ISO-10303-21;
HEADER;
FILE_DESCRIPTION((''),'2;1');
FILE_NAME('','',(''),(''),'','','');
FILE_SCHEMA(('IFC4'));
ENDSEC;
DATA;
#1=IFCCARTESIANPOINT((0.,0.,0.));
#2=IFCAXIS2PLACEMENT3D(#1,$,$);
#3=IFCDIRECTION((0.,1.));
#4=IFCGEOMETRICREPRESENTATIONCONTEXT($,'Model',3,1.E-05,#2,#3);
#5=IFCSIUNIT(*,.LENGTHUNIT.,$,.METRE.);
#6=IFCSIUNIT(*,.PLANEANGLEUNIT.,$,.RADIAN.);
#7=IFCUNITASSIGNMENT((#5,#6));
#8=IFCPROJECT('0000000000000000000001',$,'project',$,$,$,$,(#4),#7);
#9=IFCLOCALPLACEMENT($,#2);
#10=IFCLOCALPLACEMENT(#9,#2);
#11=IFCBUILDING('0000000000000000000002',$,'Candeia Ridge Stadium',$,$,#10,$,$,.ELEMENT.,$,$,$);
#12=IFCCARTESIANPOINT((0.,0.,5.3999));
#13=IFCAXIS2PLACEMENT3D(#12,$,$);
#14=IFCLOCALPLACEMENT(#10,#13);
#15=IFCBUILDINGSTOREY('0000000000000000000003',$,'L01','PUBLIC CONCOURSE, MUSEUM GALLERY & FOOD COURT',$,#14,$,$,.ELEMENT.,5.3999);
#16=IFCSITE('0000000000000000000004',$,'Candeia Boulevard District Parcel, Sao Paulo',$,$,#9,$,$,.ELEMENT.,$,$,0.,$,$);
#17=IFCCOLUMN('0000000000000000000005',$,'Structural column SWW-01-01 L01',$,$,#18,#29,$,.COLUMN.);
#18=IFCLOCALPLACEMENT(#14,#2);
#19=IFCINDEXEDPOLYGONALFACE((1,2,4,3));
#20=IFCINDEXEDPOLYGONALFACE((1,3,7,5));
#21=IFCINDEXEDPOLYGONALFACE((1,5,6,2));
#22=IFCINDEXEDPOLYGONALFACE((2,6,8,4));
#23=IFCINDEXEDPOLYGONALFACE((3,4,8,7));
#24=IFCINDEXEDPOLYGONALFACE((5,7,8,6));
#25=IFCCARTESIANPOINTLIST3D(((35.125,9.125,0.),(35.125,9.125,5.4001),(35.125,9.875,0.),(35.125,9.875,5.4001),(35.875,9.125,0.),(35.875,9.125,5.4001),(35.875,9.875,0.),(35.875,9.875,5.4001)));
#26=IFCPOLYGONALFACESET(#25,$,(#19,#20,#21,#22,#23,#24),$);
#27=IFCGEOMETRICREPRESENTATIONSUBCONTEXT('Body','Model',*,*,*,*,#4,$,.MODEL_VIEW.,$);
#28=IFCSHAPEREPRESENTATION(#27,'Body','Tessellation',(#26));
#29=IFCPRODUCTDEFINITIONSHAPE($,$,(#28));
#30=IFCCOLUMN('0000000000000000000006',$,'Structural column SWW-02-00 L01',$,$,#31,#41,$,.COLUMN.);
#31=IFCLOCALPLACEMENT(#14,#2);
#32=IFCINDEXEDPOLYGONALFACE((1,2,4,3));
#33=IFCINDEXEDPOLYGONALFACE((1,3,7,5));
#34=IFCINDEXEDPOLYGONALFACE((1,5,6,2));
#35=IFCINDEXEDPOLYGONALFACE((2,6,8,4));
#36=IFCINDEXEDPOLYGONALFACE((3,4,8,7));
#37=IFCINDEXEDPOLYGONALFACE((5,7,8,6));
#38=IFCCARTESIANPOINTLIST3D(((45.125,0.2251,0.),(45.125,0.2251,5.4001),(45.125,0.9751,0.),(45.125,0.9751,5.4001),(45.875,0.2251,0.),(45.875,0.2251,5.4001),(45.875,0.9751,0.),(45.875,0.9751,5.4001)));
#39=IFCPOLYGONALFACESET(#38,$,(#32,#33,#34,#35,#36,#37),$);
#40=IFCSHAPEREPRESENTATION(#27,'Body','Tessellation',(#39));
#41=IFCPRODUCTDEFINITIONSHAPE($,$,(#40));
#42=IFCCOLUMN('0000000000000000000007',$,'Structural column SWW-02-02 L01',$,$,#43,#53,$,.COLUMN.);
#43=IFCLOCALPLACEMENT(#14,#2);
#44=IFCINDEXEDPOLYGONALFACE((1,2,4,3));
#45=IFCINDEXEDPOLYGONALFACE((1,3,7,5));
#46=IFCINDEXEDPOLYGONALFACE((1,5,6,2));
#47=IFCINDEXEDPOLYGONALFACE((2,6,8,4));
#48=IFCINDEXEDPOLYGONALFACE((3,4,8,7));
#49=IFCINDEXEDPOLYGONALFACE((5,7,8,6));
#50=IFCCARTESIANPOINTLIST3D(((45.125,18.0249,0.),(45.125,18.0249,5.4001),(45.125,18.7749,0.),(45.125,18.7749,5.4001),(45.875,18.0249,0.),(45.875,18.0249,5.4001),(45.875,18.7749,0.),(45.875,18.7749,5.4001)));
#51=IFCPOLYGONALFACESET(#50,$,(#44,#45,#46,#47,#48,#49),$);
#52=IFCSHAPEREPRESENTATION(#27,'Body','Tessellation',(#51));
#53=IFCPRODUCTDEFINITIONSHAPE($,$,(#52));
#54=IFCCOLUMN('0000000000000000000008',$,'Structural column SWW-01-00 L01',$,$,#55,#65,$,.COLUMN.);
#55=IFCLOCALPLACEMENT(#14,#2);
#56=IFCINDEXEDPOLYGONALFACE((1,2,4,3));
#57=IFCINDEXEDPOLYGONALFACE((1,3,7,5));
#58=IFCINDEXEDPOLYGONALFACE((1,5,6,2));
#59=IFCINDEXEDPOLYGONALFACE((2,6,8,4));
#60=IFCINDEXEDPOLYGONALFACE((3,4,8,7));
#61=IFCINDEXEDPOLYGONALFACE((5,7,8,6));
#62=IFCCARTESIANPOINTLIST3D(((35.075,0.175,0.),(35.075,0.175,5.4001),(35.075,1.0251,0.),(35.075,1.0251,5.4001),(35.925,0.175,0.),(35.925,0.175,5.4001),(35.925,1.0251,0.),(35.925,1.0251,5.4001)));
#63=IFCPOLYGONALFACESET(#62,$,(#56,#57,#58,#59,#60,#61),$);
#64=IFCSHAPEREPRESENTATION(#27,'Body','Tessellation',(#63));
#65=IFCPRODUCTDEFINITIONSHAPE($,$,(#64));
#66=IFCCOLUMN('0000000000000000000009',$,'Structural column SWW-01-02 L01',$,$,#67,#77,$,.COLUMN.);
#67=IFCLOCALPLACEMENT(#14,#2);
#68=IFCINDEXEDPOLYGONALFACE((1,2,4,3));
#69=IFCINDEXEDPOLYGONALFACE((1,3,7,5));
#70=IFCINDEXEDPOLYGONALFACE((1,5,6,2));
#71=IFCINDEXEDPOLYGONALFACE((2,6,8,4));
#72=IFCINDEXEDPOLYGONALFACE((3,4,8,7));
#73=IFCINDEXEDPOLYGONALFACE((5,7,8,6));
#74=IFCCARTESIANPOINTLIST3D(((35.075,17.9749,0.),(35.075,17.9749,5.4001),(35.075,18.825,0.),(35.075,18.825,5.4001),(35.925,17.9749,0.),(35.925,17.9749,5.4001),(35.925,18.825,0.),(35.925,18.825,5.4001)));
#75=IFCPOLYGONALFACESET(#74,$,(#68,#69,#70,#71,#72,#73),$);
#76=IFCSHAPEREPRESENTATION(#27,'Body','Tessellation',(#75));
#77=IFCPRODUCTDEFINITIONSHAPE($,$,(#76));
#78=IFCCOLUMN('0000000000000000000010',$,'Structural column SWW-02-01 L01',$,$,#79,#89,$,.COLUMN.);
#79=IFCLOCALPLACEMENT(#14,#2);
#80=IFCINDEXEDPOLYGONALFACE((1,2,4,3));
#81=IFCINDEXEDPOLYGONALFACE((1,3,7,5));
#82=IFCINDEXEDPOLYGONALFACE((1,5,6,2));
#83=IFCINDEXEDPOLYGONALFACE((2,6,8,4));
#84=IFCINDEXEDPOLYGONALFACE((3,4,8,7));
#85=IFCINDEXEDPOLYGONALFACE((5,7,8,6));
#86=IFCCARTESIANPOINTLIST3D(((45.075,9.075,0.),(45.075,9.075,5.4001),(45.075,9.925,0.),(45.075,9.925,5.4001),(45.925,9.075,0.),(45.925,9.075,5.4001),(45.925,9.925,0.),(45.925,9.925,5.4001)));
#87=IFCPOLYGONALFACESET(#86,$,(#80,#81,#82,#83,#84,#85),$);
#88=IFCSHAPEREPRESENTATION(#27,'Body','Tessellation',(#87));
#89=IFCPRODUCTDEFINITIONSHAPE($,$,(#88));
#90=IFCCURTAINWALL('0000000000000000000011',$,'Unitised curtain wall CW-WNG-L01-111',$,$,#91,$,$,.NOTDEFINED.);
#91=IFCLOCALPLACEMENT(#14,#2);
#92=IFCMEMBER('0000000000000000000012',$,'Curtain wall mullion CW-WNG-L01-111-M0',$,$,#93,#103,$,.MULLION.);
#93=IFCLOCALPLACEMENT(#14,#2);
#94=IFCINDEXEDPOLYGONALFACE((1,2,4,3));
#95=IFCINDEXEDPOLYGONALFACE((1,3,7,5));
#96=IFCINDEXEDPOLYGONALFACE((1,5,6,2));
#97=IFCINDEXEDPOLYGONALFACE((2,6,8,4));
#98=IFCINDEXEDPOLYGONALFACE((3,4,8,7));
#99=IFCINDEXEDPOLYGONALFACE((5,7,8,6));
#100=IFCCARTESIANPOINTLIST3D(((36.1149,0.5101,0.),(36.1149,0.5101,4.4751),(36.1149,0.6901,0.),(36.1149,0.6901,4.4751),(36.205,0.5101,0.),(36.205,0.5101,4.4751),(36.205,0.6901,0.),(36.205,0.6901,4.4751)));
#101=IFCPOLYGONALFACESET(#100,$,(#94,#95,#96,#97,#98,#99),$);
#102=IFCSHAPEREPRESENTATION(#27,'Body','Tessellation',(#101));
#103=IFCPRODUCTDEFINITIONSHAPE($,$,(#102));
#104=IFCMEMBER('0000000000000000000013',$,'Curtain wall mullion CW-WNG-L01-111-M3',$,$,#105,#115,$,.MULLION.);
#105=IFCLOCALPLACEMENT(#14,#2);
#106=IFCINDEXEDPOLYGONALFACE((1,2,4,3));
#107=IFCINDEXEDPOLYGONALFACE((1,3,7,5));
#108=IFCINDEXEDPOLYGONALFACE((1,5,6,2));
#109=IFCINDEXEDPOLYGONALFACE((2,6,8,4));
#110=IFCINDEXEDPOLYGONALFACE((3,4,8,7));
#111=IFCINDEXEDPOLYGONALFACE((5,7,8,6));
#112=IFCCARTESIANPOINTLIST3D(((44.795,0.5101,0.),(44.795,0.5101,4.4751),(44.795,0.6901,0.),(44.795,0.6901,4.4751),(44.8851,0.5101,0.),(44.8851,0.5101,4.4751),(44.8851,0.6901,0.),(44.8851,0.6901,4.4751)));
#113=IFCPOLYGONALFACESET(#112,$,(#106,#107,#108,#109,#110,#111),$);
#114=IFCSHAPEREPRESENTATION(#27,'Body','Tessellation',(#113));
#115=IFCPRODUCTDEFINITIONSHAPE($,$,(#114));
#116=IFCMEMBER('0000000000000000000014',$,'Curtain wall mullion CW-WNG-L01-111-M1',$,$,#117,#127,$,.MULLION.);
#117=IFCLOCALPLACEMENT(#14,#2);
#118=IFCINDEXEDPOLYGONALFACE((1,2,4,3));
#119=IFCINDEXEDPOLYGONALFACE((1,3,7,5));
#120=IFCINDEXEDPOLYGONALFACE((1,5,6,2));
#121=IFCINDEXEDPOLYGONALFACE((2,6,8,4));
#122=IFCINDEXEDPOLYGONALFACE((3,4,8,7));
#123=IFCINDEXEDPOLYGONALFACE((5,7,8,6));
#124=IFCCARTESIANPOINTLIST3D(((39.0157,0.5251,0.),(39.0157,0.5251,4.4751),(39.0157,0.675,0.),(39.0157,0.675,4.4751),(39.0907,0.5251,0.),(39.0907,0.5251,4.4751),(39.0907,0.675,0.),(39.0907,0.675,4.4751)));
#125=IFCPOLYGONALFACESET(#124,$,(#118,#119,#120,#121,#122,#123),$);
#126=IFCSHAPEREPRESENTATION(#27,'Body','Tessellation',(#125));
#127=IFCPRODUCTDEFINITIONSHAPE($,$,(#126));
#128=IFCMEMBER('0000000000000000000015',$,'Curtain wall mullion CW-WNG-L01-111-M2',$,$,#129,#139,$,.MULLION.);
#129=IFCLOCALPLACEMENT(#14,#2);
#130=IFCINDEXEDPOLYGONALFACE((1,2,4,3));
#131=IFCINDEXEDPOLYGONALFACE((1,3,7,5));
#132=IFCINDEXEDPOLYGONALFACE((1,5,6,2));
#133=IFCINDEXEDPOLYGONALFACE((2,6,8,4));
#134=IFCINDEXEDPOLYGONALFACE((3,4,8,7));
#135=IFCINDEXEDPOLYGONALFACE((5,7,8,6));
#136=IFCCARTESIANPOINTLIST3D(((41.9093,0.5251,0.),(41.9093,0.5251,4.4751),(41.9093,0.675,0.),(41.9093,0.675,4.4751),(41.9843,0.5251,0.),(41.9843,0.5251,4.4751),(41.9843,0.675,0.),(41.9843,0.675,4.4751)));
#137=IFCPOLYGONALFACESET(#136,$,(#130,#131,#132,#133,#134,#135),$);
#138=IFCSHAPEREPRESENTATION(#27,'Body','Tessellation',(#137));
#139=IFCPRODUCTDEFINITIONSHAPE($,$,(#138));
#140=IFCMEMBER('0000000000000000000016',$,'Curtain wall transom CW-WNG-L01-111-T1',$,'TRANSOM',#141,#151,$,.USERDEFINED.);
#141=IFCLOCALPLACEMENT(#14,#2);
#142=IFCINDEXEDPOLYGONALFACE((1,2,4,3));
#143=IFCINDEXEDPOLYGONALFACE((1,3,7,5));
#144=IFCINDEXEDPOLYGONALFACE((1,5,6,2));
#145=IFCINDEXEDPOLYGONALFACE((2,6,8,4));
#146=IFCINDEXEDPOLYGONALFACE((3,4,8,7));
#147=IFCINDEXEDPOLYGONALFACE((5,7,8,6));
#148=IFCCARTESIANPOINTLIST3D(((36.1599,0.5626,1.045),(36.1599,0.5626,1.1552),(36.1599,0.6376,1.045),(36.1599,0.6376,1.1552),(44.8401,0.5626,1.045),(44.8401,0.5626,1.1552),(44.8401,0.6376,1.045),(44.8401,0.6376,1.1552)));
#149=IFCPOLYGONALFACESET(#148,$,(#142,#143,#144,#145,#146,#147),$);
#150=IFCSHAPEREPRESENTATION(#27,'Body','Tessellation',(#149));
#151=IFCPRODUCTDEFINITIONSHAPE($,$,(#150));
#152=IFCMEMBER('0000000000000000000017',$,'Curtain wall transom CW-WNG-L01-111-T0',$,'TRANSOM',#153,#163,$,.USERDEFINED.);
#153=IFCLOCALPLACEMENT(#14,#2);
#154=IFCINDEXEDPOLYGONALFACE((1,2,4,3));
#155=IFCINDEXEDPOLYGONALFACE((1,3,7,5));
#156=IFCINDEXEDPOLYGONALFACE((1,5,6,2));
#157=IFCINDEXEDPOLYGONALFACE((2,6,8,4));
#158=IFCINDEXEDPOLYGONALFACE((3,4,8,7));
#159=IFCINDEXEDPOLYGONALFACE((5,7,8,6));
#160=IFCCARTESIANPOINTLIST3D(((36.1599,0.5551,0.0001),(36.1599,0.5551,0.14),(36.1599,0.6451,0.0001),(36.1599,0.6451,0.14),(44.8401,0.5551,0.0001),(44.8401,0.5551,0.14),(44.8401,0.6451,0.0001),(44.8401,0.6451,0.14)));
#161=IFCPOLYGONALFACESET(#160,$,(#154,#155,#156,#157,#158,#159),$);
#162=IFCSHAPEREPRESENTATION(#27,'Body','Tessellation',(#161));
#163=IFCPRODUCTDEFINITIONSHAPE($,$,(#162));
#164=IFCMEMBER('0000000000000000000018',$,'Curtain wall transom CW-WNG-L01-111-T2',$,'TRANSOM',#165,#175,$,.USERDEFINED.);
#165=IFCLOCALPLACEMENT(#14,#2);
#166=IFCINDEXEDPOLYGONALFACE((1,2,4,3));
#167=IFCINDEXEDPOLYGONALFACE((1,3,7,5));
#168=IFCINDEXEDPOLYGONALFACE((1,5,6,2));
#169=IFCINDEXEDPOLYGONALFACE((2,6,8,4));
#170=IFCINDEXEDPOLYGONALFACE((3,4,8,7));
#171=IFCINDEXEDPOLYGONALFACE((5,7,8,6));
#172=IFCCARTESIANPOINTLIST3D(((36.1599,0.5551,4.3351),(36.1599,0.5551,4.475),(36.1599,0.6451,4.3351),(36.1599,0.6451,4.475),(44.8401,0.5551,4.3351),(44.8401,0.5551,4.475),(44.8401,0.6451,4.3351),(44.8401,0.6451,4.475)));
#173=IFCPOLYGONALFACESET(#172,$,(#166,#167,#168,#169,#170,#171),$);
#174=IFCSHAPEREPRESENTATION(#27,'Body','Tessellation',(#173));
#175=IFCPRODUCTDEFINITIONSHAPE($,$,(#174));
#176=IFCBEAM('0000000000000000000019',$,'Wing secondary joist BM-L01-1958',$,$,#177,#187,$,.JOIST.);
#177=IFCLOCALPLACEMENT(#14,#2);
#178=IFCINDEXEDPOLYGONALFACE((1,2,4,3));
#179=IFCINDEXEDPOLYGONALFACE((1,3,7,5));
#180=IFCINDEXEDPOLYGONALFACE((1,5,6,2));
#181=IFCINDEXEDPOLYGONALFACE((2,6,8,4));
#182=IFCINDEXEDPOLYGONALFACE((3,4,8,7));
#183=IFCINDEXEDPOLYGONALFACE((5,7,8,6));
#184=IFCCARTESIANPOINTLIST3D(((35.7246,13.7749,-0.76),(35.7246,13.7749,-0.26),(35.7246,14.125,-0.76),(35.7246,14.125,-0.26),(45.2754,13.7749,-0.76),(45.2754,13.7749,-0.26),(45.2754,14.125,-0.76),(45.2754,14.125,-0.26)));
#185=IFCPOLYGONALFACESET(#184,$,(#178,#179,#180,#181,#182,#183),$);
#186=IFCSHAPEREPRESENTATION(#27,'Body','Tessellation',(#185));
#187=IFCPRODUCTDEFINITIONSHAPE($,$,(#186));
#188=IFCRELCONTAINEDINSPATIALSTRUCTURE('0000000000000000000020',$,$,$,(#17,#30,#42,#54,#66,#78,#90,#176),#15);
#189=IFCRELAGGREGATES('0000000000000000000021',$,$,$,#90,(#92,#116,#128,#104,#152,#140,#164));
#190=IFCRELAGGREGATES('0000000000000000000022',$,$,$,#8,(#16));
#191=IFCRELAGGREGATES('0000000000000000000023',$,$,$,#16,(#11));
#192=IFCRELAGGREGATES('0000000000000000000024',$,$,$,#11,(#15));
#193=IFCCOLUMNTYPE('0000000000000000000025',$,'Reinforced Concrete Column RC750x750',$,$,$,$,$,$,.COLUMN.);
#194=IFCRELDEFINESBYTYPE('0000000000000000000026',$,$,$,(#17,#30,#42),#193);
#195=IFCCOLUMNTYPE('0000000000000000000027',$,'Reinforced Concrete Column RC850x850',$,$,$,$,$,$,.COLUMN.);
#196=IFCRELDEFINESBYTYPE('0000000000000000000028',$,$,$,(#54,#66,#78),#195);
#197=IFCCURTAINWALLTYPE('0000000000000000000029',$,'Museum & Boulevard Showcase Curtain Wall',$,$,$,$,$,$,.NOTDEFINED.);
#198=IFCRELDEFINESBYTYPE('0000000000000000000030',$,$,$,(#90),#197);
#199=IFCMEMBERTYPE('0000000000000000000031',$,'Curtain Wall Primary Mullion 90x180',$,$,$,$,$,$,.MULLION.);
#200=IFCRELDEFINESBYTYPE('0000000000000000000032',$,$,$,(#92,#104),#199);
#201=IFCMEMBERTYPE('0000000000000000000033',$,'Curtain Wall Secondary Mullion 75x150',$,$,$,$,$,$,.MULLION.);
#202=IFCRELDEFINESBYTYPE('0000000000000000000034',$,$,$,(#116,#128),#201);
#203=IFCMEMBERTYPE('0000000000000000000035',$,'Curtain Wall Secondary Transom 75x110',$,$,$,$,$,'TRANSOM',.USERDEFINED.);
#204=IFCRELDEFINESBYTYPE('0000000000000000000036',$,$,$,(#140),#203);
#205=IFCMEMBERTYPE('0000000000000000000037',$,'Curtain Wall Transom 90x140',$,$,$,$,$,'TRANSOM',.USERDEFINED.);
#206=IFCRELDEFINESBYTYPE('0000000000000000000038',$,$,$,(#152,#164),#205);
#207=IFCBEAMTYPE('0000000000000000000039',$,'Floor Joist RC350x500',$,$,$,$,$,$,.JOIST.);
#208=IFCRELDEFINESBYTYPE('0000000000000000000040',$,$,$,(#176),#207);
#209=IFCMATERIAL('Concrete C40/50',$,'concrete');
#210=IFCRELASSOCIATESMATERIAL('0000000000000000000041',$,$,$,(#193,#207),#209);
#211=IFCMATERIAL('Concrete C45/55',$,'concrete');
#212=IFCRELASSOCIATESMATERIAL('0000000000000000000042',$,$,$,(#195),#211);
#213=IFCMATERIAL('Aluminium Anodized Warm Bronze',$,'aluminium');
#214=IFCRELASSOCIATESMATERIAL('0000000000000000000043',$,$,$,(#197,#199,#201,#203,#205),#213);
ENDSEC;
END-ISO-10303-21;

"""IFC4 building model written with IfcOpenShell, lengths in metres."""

from ifc_helpers import new_model, si_unit, direction, frame, origin, origin_2d, place, context, subcontext, project, spatial, rectangle, extrude, material, material_profile, profile_set, type_object, element, aggregate, save


model = new_model("IFC4")

# Units and contexts
model_context = context("Model", 3, precision=1e-05, world=origin(), true_north=direction((0.0, 1.0)))
body_context = subcontext(model_context, "Body", "Model", "MODEL_VIEW")
ifc_project = project(units=[si_unit("LENGTHUNIT", "METRE"), si_unit("PLANEANGLEUNIT", "RADIAN")], contexts=[model_context])

# Site, building, storey
site_placement = place(None, origin())
site = spatial("IfcSite", under=ifc_project, at=site_placement, Name="Candeia Boulevard District Parcel, Sao Paulo", CompositionType="ELEMENT", RefElevation=0.0)
building_placement = place(site_placement, origin())
building = spatial("IfcBuilding", under=site, at=building_placement, Name="Candeia Ridge Stadium", CompositionType="ELEMENT")
storey_placement = place(building_placement, frame((0.0, 0.0, 5.3999)))
storey = spatial("IfcBuildingStorey", under=building, at=storey_placement, Name="L01", Description="PUBLIC CONCOURSE, MUSEUM GALLERY & FOOD COURT", CompositionType="ELEMENT", Elevation=5.3999)

# Columns
ifc_material_1 = material(Name="Concrete C40/50", Category="concrete")
ifc_material_profile_1 = material_profile(ifc_material_1, rectangle(XDim=0.75, YDim=0.75, at=origin_2d()), Name="RC750x750", Category="concrete")
ifc_profile_set_1 = profile_set([ifc_material_profile_1], Name="Concrete C40/50")
column_type_1 = type_object("IfcColumnType", Name="Reinforced Concrete Column RC750x750", PredefinedType="COLUMN", material=ifc_profile_set_1)
for number, where, z_axis, x_axis, name in (
    (1, (35.5, 9.5, 0.0), (0.0, 0.0, 1.0), (1.0, 0.0, 0.0), "Structural column SWW-01-01 L01"),
    (2, (45.5, 0.6001, 0.0), (0.0, 0.0, 1.0), (1.0, 0.0, 0.0), "Structural column SWW-02-00 L01"),
    (3, (45.5, 18.3999, 0.0), (0.0, 0.0, 1.0), (1.0, 0.0, 0.0), "Structural column SWW-02-02 L01"),
):
    element("IfcColumn", number, at=place(storey_placement, frame(where, z_axis=z_axis, x_axis=x_axis)), inside=storey, type_object=column_type_1, Name=name, PredefinedType="COLUMN", context=body_context, shape_type="SweptSolid", body=[
        extrude(rectangle(XDim=0.75, YDim=0.75, at=origin_2d()), origin(), (0.0, 0.0, 1.0), 5.4001),
    ])
ifc_material_2 = material(Name="Concrete C45/55", Category="concrete")
ifc_material_profile_2 = material_profile(ifc_material_2, rectangle(XDim=0.8501, YDim=0.8501, at=origin_2d()), Name="RC850x850", Category="concrete")
ifc_profile_set_2 = profile_set([ifc_material_profile_2], Name="Concrete C45/55")
column_type_2 = type_object("IfcColumnType", Name="Reinforced Concrete Column RC850x850", PredefinedType="COLUMN", material=ifc_profile_set_2)
for number, where, z_axis, x_axis, name in (
    (4, (35.5, 0.6001, 0.0), (0.0, 0.0, 1.0), (1.0, 0.0, 0.0), "Structural column SWW-01-00 L01"),
    (5, (35.5, 18.3999, 0.0), (0.0, 0.0, 1.0), (1.0, 0.0, 0.0), "Structural column SWW-01-02 L01"),
    (6, (45.5, 9.5, 0.0), (0.0, 0.0, 1.0), (1.0, 0.0, 0.0), "Structural column SWW-02-01 L01"),
):
    element("IfcColumn", number, at=place(storey_placement, frame(where, z_axis=z_axis, x_axis=x_axis)), inside=storey, type_object=column_type_2, Name=name, PredefinedType="COLUMN", context=body_context, shape_type="SweptSolid", body=[
        extrude(rectangle(XDim=0.8501, YDim=0.8501, at=origin_2d()), origin(), (0.0, 0.0, 1.0), 5.4001),
    ])

# Curtain wall, members
ifc_material_3 = material(Name="Aluminium Anodized Warm Bronze", Category="aluminium")
curtain_wall_type = type_object("IfcCurtainWallType", Name="Museum & Boulevard Showcase Curtain Wall", PredefinedType="NOTDEFINED", material=ifc_material_3)
curtain_wall_placement = place(storey_placement, origin())
curtain_wall = element("IfcCurtainWall", 7, at=curtain_wall_placement, inside=storey, type_object=curtain_wall_type, Name="Unitised curtain wall CW-WNG-L01-111", PredefinedType="NOTDEFINED")
ifc_material_profile_3 = material_profile(ifc_material_3, rectangle(XDim=0.0901, YDim=0.1799, at=origin_2d()), Name="CWM-90x180", Category="aluminium")
ifc_profile_set_3 = profile_set([ifc_material_profile_3], Name="Aluminium Anodized Warm Bronze")
member_type_1 = type_object("IfcMemberType", Name="Curtain Wall Primary Mullion 90x180", PredefinedType="MULLION", material=ifc_profile_set_3)
member_1_placement = place(storey_placement, frame((36.1599, 0.6001, 0.0), z_axis=(0.0, 0.0, 1.0), x_axis=(1.0, 0.0, 0.0)))
member_1 = element("IfcMember", 8, at=member_1_placement, type_object=member_type_1, Name="Curtain wall mullion CW-WNG-L01-111-M0", PredefinedType="MULLION", context=body_context, shape_type="SweptSolid", body=[
    extrude(rectangle(XDim=0.0901, YDim=0.1799, at=origin_2d()), origin(), (0.0, 0.0, 1.0), 4.4751),
])
member_2_placement = place(storey_placement, frame((44.8401, 0.6001, 0.0), z_axis=(0.0, 0.0, 1.0), x_axis=(1.0, 0.0, 0.0)))
member_2 = element("IfcMember", 9, at=member_2_placement, type_object=member_type_1, Name="Curtain wall mullion CW-WNG-L01-111-M3", PredefinedType="MULLION", context=body_context, shape_type="SweptSolid", body=[
    extrude(rectangle(XDim=0.0901, YDim=0.1799, at=origin_2d()), origin(), (0.0, 0.0, 1.0), 4.4751),
])
ifc_material_profile_4 = material_profile(ifc_material_3, rectangle(XDim=0.075, YDim=0.1499, at=origin_2d()), Name="CWM-75x150", Category="aluminium")
ifc_profile_set_4 = profile_set([ifc_material_profile_4], Name="Aluminium Anodized Warm Bronze")
member_type_2 = type_object("IfcMemberType", Name="Curtain Wall Secondary Mullion 75x150", PredefinedType="MULLION", material=ifc_profile_set_4)
member_3_placement = place(storey_placement, frame((39.0532, 0.6001, 0.0), z_axis=(0.0, 0.0, 1.0), x_axis=(1.0, 0.0, 0.0)))
member_3 = element("IfcMember", 10, at=member_3_placement, type_object=member_type_2, Name="Curtain wall mullion CW-WNG-L01-111-M1", PredefinedType="MULLION", context=body_context, shape_type="SweptSolid", body=[
    extrude(rectangle(XDim=0.075, YDim=0.1499, at=origin_2d()), origin(), (0.0, 0.0, 1.0), 4.4751),
])
member_4_placement = place(storey_placement, frame((41.9468, 0.6001, 0.0), z_axis=(0.0, 0.0, 1.0), x_axis=(1.0, 0.0, 0.0)))
member_4 = element("IfcMember", 11, at=member_4_placement, type_object=member_type_2, Name="Curtain wall mullion CW-WNG-L01-111-M2", PredefinedType="MULLION", context=body_context, shape_type="SweptSolid", body=[
    extrude(rectangle(XDim=0.075, YDim=0.1499, at=origin_2d()), origin(), (0.0, 0.0, 1.0), 4.4751),
])
ifc_material_profile_5 = material_profile(ifc_material_3, rectangle(XDim=0.075, YDim=0.1101, at=origin_2d()), Name="CWT-75x110", Category="aluminium")
ifc_profile_set_5 = profile_set([ifc_material_profile_5], Name="Aluminium Anodized Warm Bronze")
member_type_3 = type_object("IfcMemberType", Name="Curtain Wall Secondary Transom 75x110", ElementType="TRANSOM", PredefinedType="USERDEFINED", material=ifc_profile_set_5)
member_5_placement = place(storey_placement, frame((36.1599, 0.6001, 1.1001), z_axis=(1.0, 0.0, 0.0), x_axis=(0.0, 1.0, 0.0)))
member_5 = element("IfcMember", 12, at=member_5_placement, type_object=member_type_3, Name="Curtain wall transom CW-WNG-L01-111-T1", ObjectType="TRANSOM", PredefinedType="USERDEFINED", context=body_context, shape_type="SweptSolid", body=[
    extrude(rectangle(XDim=0.075, YDim=0.1101, at=origin_2d()), origin(), (0.0, 0.0, 1.0), 8.6802),
])
ifc_material_profile_6 = material_profile(ifc_material_3, rectangle(XDim=0.0901, YDim=0.1399, at=origin_2d()), Name="CWT-90x140", Category="aluminium")
ifc_profile_set_6 = profile_set([ifc_material_profile_6], Name="Aluminium Anodized Warm Bronze")
member_type_4 = type_object("IfcMemberType", Name="Curtain Wall Transom 90x140", ElementType="TRANSOM", PredefinedType="USERDEFINED", material=ifc_profile_set_6)
member_6_placement = place(storey_placement, frame((36.1599, 0.6001, 0.0701), z_axis=(1.0, 0.0, 0.0), x_axis=(0.0, 1.0, 0.0)))
member_6 = element("IfcMember", 13, at=member_6_placement, type_object=member_type_4, Name="Curtain wall transom CW-WNG-L01-111-T0", ObjectType="TRANSOM", PredefinedType="USERDEFINED", context=body_context, shape_type="SweptSolid", body=[
    extrude(rectangle(XDim=0.0901, YDim=0.1399, at=origin_2d()), origin(), (0.0, 0.0, 1.0), 8.6802),
])
member_7_placement = place(storey_placement, frame((36.1599, 0.6001, 4.405), z_axis=(1.0, 0.0, 0.0), x_axis=(0.0, 1.0, 0.0)))
member_7 = element("IfcMember", 14, at=member_7_placement, type_object=member_type_4, Name="Curtain wall transom CW-WNG-L01-111-T2", ObjectType="TRANSOM", PredefinedType="USERDEFINED", context=body_context, shape_type="SweptSolid", body=[
    extrude(rectangle(XDim=0.0901, YDim=0.1399, at=origin_2d()), origin(), (0.0, 0.0, 1.0), 8.6802),
])

# Beam
ifc_material_profile_7 = material_profile(ifc_material_1, rectangle(XDim=0.3501, YDim=0.5, at=origin_2d()), Name="RC350x500", Category="concrete")
ifc_profile_set_7 = profile_set([ifc_material_profile_7], Name="Concrete C40/50")
beam_type_1 = type_object("IfcBeamType", Name="Floor Joist RC350x500", PredefinedType="JOIST", material=ifc_profile_set_7)
for number, where, z_axis, x_axis, name in (
    (15, (35.7246, 13.95, -0.51), (1.0, 0.0, 0.0), (0.0, 1.0, 0.0), "Wing secondary joist BM-L01-1958"),
):
    element("IfcBeam", number, at=place(storey_placement, frame(where, z_axis=z_axis, x_axis=x_axis)), inside=storey, type_object=beam_type_1, Name=name, PredefinedType="JOIST", context=body_context, shape_type="SweptSolid", body=[
        extrude(rectangle(XDim=0.3501, YDim=0.5, at=origin_2d()), origin(), (0.0, 0.0, 1.0), 9.5508),
    ])

aggregate(curtain_wall, [member_1, member_3, member_4, member_2, member_6, member_5, member_7])

save(model, "model.ifc")
